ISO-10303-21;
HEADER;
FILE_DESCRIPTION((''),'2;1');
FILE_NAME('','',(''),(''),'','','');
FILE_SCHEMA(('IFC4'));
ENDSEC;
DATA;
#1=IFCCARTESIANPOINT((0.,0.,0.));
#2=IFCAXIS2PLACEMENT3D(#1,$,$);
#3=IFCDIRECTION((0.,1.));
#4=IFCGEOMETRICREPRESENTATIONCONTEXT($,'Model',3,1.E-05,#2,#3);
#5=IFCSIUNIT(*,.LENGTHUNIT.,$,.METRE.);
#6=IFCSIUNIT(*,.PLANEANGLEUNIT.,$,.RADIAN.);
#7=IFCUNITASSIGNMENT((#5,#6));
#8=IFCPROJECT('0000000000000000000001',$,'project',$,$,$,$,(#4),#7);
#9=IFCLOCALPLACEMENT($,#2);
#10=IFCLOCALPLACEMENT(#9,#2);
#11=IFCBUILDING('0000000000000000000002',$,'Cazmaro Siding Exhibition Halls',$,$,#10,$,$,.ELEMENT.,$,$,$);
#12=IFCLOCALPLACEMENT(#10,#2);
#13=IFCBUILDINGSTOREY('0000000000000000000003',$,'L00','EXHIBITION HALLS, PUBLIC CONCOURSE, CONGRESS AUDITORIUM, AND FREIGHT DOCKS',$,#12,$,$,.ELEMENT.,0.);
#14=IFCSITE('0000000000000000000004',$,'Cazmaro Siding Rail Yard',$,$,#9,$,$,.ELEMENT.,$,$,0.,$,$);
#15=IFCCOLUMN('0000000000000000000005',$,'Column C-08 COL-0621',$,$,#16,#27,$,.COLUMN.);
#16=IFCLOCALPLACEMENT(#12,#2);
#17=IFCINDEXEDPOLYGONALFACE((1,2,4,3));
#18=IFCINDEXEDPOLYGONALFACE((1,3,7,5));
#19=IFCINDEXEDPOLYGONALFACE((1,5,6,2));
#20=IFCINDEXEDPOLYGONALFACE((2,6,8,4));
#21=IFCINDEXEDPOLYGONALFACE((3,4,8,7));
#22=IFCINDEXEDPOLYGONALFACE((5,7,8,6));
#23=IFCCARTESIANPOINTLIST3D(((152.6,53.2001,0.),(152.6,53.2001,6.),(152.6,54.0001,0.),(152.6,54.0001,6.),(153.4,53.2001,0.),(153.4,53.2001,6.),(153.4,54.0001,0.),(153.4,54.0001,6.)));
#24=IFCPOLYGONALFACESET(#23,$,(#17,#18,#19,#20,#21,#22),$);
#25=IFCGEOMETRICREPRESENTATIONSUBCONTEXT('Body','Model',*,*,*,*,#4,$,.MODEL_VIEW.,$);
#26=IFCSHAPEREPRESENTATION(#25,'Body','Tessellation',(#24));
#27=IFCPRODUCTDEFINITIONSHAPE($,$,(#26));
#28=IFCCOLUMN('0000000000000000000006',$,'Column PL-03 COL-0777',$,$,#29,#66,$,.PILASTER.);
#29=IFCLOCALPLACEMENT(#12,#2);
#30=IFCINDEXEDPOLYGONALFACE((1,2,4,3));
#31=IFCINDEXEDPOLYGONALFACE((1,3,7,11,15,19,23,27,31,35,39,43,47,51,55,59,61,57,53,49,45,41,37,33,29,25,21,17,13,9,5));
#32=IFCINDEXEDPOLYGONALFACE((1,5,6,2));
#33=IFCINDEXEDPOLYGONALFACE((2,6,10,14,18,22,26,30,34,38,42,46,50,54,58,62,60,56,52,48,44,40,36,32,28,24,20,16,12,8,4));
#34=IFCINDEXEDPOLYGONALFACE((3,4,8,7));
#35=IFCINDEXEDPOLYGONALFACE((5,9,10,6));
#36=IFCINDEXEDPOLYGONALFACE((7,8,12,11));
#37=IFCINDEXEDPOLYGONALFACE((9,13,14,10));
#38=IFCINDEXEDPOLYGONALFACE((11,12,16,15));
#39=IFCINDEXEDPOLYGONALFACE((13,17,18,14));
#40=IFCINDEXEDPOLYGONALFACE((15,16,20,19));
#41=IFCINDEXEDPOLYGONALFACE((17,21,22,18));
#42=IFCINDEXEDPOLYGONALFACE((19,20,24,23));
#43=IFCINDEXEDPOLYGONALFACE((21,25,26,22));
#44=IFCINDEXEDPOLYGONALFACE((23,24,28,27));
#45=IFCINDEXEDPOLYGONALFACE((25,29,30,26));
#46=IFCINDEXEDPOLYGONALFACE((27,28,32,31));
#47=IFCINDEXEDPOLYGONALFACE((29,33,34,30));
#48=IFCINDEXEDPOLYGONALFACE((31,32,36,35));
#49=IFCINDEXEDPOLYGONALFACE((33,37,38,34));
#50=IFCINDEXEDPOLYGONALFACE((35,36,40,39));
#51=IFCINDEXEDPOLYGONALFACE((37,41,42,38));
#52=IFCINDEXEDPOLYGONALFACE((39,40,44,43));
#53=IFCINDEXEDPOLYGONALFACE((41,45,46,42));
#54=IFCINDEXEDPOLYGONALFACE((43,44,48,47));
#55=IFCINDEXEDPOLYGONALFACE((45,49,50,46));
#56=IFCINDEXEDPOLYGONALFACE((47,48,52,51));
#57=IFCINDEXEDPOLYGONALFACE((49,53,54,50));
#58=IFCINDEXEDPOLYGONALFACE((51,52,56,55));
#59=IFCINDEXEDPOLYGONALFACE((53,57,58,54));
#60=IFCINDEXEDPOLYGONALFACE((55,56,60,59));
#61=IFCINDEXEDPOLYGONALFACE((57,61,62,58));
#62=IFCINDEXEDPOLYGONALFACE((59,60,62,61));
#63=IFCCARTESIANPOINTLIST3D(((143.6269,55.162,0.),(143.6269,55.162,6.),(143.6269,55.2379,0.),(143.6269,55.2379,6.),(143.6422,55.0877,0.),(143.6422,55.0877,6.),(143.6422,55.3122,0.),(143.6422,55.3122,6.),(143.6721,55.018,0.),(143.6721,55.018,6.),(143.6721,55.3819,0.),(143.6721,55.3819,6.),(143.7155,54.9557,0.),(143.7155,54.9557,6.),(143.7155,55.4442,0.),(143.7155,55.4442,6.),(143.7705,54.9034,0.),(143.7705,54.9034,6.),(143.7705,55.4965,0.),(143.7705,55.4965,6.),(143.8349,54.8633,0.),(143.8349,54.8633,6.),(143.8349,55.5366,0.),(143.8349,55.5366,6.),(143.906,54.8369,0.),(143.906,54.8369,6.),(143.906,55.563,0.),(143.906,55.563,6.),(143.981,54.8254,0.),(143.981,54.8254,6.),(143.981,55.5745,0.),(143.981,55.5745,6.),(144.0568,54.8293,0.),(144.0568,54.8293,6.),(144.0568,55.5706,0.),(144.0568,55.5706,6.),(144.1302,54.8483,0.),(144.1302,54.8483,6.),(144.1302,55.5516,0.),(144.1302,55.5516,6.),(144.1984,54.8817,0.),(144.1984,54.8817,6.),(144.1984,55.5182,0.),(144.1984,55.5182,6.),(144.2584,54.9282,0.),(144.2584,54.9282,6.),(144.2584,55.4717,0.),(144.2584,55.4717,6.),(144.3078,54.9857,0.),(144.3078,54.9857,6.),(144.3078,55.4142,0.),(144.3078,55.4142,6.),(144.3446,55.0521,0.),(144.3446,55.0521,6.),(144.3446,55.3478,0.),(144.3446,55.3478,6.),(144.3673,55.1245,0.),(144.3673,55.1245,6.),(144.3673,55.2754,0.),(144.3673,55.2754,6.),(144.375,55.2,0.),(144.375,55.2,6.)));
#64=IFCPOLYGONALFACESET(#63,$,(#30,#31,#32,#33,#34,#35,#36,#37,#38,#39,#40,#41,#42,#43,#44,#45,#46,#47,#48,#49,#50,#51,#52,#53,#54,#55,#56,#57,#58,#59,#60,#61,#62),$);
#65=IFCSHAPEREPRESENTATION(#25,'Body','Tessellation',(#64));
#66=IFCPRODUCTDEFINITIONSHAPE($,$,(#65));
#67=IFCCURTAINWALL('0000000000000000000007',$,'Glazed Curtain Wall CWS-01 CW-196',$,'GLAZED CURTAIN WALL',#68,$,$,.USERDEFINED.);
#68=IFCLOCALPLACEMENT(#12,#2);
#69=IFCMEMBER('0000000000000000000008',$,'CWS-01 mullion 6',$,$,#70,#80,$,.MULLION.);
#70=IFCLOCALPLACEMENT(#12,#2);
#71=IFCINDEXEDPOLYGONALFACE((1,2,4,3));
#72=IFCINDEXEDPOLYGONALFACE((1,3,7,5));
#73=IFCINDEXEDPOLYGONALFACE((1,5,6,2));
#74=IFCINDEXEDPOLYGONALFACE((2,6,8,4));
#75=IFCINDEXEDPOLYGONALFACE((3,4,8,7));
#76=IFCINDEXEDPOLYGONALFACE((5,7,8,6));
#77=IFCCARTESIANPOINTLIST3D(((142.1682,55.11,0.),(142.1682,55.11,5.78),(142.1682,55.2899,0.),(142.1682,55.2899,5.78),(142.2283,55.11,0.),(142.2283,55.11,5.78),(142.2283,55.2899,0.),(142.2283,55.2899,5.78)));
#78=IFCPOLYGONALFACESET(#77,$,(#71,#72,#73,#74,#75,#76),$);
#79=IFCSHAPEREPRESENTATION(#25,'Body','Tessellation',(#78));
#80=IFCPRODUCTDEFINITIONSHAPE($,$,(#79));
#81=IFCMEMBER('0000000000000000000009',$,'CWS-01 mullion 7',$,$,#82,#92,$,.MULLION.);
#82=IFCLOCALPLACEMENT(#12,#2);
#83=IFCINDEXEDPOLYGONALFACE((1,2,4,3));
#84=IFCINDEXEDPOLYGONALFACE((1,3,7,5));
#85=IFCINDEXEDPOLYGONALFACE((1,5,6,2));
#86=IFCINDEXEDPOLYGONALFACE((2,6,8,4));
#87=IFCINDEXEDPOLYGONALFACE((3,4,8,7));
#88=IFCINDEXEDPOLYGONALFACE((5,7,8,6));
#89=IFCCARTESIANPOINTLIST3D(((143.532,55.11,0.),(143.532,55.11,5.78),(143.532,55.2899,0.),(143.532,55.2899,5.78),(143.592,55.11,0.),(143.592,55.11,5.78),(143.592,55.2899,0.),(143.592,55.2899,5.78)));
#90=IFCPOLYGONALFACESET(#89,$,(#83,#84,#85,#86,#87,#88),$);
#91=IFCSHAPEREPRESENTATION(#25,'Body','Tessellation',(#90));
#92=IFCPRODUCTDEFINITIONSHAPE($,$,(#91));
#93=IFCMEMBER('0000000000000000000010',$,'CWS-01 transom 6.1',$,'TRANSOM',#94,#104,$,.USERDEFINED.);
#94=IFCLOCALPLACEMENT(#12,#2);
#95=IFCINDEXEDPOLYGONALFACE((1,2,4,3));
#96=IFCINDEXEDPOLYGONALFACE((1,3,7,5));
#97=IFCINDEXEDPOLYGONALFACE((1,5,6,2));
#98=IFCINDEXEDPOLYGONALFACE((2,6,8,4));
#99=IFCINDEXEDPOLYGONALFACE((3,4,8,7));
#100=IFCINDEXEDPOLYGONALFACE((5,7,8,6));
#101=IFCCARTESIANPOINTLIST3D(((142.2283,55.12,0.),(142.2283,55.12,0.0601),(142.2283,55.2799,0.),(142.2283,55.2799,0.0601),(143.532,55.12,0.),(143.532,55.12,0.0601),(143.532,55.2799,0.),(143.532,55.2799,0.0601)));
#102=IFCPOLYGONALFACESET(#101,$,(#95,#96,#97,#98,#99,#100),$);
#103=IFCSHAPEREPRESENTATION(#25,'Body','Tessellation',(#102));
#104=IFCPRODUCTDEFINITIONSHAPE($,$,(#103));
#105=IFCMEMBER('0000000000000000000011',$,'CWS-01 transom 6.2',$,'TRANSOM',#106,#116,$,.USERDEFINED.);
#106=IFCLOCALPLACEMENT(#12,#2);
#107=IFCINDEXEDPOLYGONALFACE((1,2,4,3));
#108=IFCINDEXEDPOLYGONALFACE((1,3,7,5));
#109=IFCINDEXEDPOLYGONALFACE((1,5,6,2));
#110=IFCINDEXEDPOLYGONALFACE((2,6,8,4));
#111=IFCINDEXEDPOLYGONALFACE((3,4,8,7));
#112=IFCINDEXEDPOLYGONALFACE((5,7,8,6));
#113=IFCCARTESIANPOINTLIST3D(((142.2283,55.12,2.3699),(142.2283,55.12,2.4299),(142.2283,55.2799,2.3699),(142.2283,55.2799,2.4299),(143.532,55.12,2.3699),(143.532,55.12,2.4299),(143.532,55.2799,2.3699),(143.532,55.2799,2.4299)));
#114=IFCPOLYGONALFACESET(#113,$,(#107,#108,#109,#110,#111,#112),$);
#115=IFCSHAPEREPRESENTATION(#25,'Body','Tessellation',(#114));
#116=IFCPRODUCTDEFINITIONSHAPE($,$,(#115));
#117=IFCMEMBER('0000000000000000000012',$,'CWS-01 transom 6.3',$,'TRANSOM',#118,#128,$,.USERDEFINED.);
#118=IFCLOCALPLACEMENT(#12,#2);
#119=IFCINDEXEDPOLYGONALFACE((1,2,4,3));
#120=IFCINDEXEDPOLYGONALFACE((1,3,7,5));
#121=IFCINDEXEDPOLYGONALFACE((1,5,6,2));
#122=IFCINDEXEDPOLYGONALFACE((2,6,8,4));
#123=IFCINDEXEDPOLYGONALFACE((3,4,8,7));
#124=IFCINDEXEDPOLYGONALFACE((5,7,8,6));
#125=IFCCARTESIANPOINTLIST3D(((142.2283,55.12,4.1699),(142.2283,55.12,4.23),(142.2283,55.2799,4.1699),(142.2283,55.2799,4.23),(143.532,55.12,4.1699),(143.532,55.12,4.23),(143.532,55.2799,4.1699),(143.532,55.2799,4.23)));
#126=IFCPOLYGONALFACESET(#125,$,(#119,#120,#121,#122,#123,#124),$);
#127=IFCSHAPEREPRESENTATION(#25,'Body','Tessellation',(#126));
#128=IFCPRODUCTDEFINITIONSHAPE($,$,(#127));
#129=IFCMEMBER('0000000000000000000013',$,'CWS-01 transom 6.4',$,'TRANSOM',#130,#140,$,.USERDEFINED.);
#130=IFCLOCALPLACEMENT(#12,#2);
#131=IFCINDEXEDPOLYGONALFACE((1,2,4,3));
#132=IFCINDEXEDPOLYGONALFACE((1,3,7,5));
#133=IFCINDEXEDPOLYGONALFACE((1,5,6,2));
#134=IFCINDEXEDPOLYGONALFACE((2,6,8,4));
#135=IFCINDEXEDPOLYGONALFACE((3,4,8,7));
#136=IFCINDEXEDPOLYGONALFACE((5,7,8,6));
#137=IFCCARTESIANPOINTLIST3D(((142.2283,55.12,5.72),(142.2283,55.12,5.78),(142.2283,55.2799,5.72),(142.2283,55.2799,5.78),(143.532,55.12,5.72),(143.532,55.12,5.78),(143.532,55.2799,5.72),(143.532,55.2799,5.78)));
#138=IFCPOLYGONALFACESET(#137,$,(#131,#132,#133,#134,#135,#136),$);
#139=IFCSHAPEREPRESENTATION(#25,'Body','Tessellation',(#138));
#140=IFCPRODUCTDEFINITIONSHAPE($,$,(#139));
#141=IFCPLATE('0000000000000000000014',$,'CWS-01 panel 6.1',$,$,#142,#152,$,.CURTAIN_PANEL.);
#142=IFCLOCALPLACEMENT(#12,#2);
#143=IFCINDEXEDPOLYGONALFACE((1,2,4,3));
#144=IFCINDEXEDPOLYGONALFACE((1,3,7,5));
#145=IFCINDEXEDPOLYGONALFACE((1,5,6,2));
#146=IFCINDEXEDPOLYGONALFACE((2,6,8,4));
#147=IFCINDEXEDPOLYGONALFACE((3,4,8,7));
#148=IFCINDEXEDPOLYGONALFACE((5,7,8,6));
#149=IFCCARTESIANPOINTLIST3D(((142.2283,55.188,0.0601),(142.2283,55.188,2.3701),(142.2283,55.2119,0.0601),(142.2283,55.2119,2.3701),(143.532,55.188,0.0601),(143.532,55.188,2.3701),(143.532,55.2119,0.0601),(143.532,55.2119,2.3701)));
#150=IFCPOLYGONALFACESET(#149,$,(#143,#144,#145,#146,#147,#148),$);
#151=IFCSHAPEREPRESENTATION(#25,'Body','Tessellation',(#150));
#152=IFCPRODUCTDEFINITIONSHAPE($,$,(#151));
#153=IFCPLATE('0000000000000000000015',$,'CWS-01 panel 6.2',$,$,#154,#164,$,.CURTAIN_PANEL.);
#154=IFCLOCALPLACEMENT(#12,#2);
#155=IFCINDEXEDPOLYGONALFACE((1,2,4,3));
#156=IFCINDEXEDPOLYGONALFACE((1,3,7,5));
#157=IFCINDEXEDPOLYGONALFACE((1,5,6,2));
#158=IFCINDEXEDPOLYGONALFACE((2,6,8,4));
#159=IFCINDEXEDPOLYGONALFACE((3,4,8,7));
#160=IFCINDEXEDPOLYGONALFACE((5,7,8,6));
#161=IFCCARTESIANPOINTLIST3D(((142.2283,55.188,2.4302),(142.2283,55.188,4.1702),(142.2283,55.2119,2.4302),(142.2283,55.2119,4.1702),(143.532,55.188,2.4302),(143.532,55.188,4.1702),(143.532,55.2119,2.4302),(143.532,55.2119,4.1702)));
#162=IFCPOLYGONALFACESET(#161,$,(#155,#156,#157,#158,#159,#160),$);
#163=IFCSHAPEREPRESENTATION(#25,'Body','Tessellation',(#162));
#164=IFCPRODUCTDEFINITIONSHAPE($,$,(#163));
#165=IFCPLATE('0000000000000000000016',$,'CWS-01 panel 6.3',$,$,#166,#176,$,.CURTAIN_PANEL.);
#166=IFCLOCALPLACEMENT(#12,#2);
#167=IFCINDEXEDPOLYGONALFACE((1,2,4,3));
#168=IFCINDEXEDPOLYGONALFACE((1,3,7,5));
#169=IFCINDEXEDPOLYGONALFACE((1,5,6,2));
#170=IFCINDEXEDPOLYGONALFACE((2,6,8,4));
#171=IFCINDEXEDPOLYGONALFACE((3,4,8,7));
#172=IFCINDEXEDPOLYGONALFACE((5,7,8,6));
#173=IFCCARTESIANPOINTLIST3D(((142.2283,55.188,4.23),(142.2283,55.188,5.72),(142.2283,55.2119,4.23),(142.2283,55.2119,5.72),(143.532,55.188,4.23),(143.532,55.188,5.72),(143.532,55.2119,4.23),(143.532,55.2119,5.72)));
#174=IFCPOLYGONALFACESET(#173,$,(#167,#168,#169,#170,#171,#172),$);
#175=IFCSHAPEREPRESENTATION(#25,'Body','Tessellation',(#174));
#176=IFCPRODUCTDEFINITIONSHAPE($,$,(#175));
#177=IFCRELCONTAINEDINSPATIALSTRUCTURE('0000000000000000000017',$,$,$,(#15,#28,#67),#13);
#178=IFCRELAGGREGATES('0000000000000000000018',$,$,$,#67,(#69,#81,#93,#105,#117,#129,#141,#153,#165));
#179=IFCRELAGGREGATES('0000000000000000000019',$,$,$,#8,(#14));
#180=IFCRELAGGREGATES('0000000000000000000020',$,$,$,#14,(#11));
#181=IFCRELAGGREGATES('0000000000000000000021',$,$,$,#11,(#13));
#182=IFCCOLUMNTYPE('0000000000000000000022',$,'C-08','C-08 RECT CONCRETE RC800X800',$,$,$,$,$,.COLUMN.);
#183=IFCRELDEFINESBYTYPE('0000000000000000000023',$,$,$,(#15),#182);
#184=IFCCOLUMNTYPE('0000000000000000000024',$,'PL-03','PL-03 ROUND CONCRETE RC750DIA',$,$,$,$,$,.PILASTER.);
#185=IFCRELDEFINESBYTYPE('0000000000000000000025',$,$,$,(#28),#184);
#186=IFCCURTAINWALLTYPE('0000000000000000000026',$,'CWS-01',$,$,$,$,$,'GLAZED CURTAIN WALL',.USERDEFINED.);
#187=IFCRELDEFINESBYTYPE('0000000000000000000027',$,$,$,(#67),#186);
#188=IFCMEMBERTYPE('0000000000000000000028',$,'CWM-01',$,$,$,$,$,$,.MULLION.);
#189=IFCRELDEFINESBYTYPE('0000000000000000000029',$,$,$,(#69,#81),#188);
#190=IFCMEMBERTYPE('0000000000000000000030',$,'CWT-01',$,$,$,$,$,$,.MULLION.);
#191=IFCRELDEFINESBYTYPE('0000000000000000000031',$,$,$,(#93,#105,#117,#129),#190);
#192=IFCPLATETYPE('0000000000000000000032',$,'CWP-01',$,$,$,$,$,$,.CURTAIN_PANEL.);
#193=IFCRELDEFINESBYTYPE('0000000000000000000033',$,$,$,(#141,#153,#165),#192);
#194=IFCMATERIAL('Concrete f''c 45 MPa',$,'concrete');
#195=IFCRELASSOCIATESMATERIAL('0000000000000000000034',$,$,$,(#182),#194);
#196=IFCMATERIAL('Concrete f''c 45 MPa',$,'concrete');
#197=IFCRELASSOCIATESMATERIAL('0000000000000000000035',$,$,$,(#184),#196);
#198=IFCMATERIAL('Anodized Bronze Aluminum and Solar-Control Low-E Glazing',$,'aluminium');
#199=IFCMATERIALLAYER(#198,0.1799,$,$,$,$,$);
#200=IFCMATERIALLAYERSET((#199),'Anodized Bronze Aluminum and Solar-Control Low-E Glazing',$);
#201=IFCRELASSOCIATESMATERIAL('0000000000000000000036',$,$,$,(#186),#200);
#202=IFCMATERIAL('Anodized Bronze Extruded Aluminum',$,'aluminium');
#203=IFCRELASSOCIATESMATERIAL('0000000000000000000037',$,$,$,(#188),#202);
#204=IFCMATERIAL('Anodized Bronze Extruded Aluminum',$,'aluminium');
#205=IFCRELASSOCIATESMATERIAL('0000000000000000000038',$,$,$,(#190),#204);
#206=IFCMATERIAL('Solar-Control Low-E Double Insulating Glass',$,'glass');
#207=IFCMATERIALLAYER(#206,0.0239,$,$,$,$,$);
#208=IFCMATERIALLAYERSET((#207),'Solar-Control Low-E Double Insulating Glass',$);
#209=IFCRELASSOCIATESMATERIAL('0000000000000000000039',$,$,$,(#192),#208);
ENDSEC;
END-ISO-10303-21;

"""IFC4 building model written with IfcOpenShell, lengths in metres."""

from ifc_helpers import new_model, si_unit, direction, frame, origin, origin_2d, place, context, subcontext, project, spatial, rectangle, circle, extrude, material, layer, layer_set, material_profile, profile_set, type_object, element, aggregate, save


model = new_model("IFC4")

# Units and contexts
model_context = context("Model", 3, precision=1e-05, world=origin(), true_north=direction((0.0, 1.0)))
body_context = subcontext(model_context, "Body", "Model", "MODEL_VIEW")
ifc_project = project(units=[si_unit("LENGTHUNIT", "METRE"), si_unit("PLANEANGLEUNIT", "RADIAN")], contexts=[model_context])

# Site, building, storey
site_placement = place(None, origin())
site = spatial("IfcSite", under=ifc_project, at=site_placement, Name="Cazmaro Siding Rail Yard", CompositionType="ELEMENT", RefElevation=0.0)
building_placement = place(site_placement, origin())
building = spatial("IfcBuilding", under=site, at=building_placement, Name="Cazmaro Siding Exhibition Halls", CompositionType="ELEMENT")
storey_placement = place(building_placement, origin())
storey = spatial("IfcBuildingStorey", under=building, at=storey_placement, Name="L00", Description="EXHIBITION HALLS, PUBLIC CONCOURSE, CONGRESS AUDITORIUM, AND FREIGHT DOCKS", CompositionType="ELEMENT", Elevation=0.0)

# Columns
ifc_material_1 = material(Name="Concrete f'c 45 MPa", Category="concrete")
ifc_material_profile_1 = material_profile(ifc_material_1, rectangle(XDim=0.8, YDim=0.8, at=origin_2d()), Name="RC800X800")
ifc_profile_set_1 = profile_set([ifc_material_profile_1], Name="Concrete f'c 45 MPa")
column_type_1 = type_object("IfcColumnType", Name="C-08", Description="C-08 RECT CONCRETE RC800X800", PredefinedType="COLUMN", material=ifc_profile_set_1)
column_1_placement = place(storey_placement, frame((153.0, 53.6001, 0.0), z_axis=(0.0, 0.0, 1.0), x_axis=(1.0, 0.0, 0.0)))
element("IfcColumn", 1, at=column_1_placement, inside=storey, type_object=column_type_1, Name="Column C-08 COL-0621", PredefinedType="COLUMN", context=body_context, shape_type="SweptSolid", body=[
    extrude(rectangle(XDim=0.8, YDim=0.8, at=origin_2d()), origin(), (0.0, 0.0, 1.0), 6.0),
])
ifc_material_2 = material(Name="Concrete f'c 45 MPa", Category="concrete")
ifc_material_profile_2 = material_profile(ifc_material_2, circle(Radius=0.375, at=origin_2d()), Name="RC750DIA")
ifc_profile_set_2 = profile_set([ifc_material_profile_2], Name="Concrete f'c 45 MPa")
column_type_2 = type_object("IfcColumnType", Name="PL-03", Description="PL-03 ROUND CONCRETE RC750DIA", PredefinedType="PILASTER", material=ifc_profile_set_2)
column_2_placement = place(storey_placement, frame((144.0, 55.2, 0.0), z_axis=(0.0, 0.0, 1.0), x_axis=(1.0, 0.0, 0.0)))
element("IfcColumn", 2, at=column_2_placement, inside=storey, type_object=column_type_2, Name="Column PL-03 COL-0777", PredefinedType="PILASTER", context=body_context, shape_type="SweptSolid", body=[
    extrude(circle(Radius=0.375, at=origin_2d()), origin(), (0.0, 0.0, 1.0), 6.0),
])

# Curtain wall, members, plates
ifc_material_3 = material(Name="Anodized Bronze Aluminum and Solar-Control Low-E Glazing", Category="aluminium")
ifc_layer_1 = layer(ifc_material_3, 0.1799)
ifc_layer_set_1 = layer_set([ifc_layer_1], Name="Anodized Bronze Aluminum and Solar-Control Low-E Glazing")
curtain_wall_type = type_object("IfcCurtainWallType", Name="CWS-01", ElementType="GLAZED CURTAIN WALL", PredefinedType="USERDEFINED", material=ifc_layer_set_1)
curtain_wall_placement = place(storey_placement, origin())
curtain_wall = element("IfcCurtainWall", 3, at=curtain_wall_placement, inside=storey, type_object=curtain_wall_type, Name="Glazed Curtain Wall CWS-01 CW-196", ObjectType="GLAZED CURTAIN WALL", PredefinedType="USERDEFINED")
ifc_material_4 = material(Name="Anodized Bronze Extruded Aluminum", Category="aluminium")
ifc_material_profile_3 = material_profile(ifc_material_4, rectangle(XDim=0.1799, YDim=0.0601, at=origin_2d()), Name="CWM-01")
ifc_profile_set_3 = profile_set([ifc_material_profile_3], Name="Anodized Bronze Extruded Aluminum")
member_type_1 = type_object("IfcMemberType", Name="CWM-01", PredefinedType="MULLION", material=ifc_profile_set_3)
member_1_placement = place(storey_placement, frame((142.1982, 55.2, 0.0), z_axis=(0.0, 0.0, 1.0), x_axis=(0.0, 1.0, 0.0)))
member_1 = element("IfcMember", 4, at=member_1_placement, type_object=member_type_1, Name="CWS-01 mullion 6", PredefinedType="MULLION", context=body_context, shape_type="SweptSolid", body=[
    extrude(rectangle(XDim=0.1799, YDim=0.0601, at=origin_2d()), origin(), (0.0, 0.0, 1.0), 5.78),
])
member_2_placement = place(storey_placement, frame((143.562, 55.2, 0.0), z_axis=(0.0, 0.0, 1.0), x_axis=(0.0, 1.0, 0.0)))
member_2 = element("IfcMember", 5, at=member_2_placement, type_object=member_type_1, Name="CWS-01 mullion 7", PredefinedType="MULLION", context=body_context, shape_type="SweptSolid", body=[
    extrude(rectangle(XDim=0.1799, YDim=0.0601, at=origin_2d()), origin(), (0.0, 0.0, 1.0), 5.78),
])
ifc_material_5 = material(Name="Anodized Bronze Extruded Aluminum", Category="aluminium")
ifc_material_profile_4 = material_profile(ifc_material_5, rectangle(XDim=0.1599, YDim=0.0601, at=origin_2d()), Name="CWT-01")
ifc_profile_set_4 = profile_set([ifc_material_profile_4], Name="Anodized Bronze Extruded Aluminum")
member_type_2 = type_object("IfcMemberType", Name="CWT-01", PredefinedType="MULLION", material=ifc_profile_set_4)
member_3_placement = place(storey_placement, frame((142.2283, 55.2, 0.03), z_axis=(1.0, 0.0, 0.0), x_axis=(0.0, 1.0, 0.0)))
member_3 = element("IfcMember", 6, at=member_3_placement, type_object=member_type_2, Name="CWS-01 transom 6.1", ObjectType="TRANSOM", PredefinedType="USERDEFINED", context=body_context, shape_type="SweptSolid", body=[
    extrude(rectangle(XDim=0.1599, YDim=0.0601, at=origin_2d()), origin(), (0.0, 0.0, 1.0), 1.3037),
])
member_4_placement = place(storey_placement, frame((142.2283, 55.2, 2.3999), z_axis=(1.0, 0.0, 0.0), x_axis=(0.0, 1.0, 0.0)))
member_4 = element("IfcMember", 7, at=member_4_placement, type_object=member_type_2, Name="CWS-01 transom 6.2", ObjectType="TRANSOM", PredefinedType="USERDEFINED", context=body_context, shape_type="SweptSolid", body=[
    extrude(rectangle(XDim=0.1599, YDim=0.0601, at=origin_2d()), origin(), (0.0, 0.0, 1.0), 1.3037),
])
member_5_placement = place(storey_placement, frame((142.2283, 55.2, 4.2), z_axis=(1.0, 0.0, 0.0), x_axis=(0.0, 1.0, 0.0)))
member_5 = element("IfcMember", 8, at=member_5_placement, type_object=member_type_2, Name="CWS-01 transom 6.3", ObjectType="TRANSOM", PredefinedType="USERDEFINED", context=body_context, shape_type="SweptSolid", body=[
    extrude(rectangle(XDim=0.1599, YDim=0.0601, at=origin_2d()), origin(), (0.0, 0.0, 1.0), 1.3037),
])
member_6_placement = place(storey_placement, frame((142.2283, 55.2, 5.75), z_axis=(1.0, 0.0, 0.0), x_axis=(0.0, 1.0, 0.0)))
member_6 = element("IfcMember", 9, at=member_6_placement, type_object=member_type_2, Name="CWS-01 transom 6.4", ObjectType="TRANSOM", PredefinedType="USERDEFINED", context=body_context, shape_type="SweptSolid", body=[
    extrude(rectangle(XDim=0.1599, YDim=0.0601, at=origin_2d()), origin(), (0.0, 0.0, 1.0), 1.3037),
])
ifc_material_6 = material(Name="Solar-Control Low-E Double Insulating Glass", Category="glass")
ifc_layer_2 = layer(ifc_material_6, 0.0239)
ifc_layer_set_2 = layer_set([ifc_layer_2], Name="Solar-Control Low-E Double Insulating Glass")
plate_type = type_object("IfcPlateType", Name="CWP-01", PredefinedType="CURTAIN_PANEL", material=ifc_layer_set_2)
plate_1_placement = place(storey_placement, frame((142.8801, 55.2, 0.0601), z_axis=(0.0, 0.0, 1.0), x_axis=(1.0, 0.0, 0.0)))
plate_1 = element("IfcPlate", 10, at=plate_1_placement, type_object=plate_type, Name="CWS-01 panel 6.1", PredefinedType="CURTAIN_PANEL", context=body_context, shape_type="SweptSolid", body=[
    extrude(rectangle(XDim=1.3037, YDim=0.0239, at=origin_2d()), origin(), (0.0, 0.0, 1.0), 2.3101),
])
plate_2_placement = place(storey_placement, frame((142.8801, 55.2, 2.4302), z_axis=(0.0, 0.0, 1.0), x_axis=(1.0, 0.0, 0.0)))
plate_2 = element("IfcPlate", 11, at=plate_2_placement, type_object=plate_type, Name="CWS-01 panel 6.2", PredefinedType="CURTAIN_PANEL", context=body_context, shape_type="SweptSolid", body=[
    extrude(rectangle(XDim=1.3037, YDim=0.0239, at=origin_2d()), origin(), (0.0, 0.0, 1.0), 1.74),
])
plate_3_placement = place(storey_placement, frame((142.8801, 55.2, 4.23), z_axis=(0.0, 0.0, 1.0), x_axis=(1.0, 0.0, 0.0)))
plate_3 = element("IfcPlate", 12, at=plate_3_placement, type_object=plate_type, Name="CWS-01 panel 6.3", PredefinedType="CURTAIN_PANEL", context=body_context, shape_type="SweptSolid", body=[
    extrude(rectangle(XDim=1.3037, YDim=0.0239, at=origin_2d()), origin(), (0.0, 0.0, 1.0), 1.49),
])
aggregate(curtain_wall, [member_1, member_2, member_3, member_4, member_5, member_6, plate_1, plate_2, plate_3])

save(model, "model.ifc")
